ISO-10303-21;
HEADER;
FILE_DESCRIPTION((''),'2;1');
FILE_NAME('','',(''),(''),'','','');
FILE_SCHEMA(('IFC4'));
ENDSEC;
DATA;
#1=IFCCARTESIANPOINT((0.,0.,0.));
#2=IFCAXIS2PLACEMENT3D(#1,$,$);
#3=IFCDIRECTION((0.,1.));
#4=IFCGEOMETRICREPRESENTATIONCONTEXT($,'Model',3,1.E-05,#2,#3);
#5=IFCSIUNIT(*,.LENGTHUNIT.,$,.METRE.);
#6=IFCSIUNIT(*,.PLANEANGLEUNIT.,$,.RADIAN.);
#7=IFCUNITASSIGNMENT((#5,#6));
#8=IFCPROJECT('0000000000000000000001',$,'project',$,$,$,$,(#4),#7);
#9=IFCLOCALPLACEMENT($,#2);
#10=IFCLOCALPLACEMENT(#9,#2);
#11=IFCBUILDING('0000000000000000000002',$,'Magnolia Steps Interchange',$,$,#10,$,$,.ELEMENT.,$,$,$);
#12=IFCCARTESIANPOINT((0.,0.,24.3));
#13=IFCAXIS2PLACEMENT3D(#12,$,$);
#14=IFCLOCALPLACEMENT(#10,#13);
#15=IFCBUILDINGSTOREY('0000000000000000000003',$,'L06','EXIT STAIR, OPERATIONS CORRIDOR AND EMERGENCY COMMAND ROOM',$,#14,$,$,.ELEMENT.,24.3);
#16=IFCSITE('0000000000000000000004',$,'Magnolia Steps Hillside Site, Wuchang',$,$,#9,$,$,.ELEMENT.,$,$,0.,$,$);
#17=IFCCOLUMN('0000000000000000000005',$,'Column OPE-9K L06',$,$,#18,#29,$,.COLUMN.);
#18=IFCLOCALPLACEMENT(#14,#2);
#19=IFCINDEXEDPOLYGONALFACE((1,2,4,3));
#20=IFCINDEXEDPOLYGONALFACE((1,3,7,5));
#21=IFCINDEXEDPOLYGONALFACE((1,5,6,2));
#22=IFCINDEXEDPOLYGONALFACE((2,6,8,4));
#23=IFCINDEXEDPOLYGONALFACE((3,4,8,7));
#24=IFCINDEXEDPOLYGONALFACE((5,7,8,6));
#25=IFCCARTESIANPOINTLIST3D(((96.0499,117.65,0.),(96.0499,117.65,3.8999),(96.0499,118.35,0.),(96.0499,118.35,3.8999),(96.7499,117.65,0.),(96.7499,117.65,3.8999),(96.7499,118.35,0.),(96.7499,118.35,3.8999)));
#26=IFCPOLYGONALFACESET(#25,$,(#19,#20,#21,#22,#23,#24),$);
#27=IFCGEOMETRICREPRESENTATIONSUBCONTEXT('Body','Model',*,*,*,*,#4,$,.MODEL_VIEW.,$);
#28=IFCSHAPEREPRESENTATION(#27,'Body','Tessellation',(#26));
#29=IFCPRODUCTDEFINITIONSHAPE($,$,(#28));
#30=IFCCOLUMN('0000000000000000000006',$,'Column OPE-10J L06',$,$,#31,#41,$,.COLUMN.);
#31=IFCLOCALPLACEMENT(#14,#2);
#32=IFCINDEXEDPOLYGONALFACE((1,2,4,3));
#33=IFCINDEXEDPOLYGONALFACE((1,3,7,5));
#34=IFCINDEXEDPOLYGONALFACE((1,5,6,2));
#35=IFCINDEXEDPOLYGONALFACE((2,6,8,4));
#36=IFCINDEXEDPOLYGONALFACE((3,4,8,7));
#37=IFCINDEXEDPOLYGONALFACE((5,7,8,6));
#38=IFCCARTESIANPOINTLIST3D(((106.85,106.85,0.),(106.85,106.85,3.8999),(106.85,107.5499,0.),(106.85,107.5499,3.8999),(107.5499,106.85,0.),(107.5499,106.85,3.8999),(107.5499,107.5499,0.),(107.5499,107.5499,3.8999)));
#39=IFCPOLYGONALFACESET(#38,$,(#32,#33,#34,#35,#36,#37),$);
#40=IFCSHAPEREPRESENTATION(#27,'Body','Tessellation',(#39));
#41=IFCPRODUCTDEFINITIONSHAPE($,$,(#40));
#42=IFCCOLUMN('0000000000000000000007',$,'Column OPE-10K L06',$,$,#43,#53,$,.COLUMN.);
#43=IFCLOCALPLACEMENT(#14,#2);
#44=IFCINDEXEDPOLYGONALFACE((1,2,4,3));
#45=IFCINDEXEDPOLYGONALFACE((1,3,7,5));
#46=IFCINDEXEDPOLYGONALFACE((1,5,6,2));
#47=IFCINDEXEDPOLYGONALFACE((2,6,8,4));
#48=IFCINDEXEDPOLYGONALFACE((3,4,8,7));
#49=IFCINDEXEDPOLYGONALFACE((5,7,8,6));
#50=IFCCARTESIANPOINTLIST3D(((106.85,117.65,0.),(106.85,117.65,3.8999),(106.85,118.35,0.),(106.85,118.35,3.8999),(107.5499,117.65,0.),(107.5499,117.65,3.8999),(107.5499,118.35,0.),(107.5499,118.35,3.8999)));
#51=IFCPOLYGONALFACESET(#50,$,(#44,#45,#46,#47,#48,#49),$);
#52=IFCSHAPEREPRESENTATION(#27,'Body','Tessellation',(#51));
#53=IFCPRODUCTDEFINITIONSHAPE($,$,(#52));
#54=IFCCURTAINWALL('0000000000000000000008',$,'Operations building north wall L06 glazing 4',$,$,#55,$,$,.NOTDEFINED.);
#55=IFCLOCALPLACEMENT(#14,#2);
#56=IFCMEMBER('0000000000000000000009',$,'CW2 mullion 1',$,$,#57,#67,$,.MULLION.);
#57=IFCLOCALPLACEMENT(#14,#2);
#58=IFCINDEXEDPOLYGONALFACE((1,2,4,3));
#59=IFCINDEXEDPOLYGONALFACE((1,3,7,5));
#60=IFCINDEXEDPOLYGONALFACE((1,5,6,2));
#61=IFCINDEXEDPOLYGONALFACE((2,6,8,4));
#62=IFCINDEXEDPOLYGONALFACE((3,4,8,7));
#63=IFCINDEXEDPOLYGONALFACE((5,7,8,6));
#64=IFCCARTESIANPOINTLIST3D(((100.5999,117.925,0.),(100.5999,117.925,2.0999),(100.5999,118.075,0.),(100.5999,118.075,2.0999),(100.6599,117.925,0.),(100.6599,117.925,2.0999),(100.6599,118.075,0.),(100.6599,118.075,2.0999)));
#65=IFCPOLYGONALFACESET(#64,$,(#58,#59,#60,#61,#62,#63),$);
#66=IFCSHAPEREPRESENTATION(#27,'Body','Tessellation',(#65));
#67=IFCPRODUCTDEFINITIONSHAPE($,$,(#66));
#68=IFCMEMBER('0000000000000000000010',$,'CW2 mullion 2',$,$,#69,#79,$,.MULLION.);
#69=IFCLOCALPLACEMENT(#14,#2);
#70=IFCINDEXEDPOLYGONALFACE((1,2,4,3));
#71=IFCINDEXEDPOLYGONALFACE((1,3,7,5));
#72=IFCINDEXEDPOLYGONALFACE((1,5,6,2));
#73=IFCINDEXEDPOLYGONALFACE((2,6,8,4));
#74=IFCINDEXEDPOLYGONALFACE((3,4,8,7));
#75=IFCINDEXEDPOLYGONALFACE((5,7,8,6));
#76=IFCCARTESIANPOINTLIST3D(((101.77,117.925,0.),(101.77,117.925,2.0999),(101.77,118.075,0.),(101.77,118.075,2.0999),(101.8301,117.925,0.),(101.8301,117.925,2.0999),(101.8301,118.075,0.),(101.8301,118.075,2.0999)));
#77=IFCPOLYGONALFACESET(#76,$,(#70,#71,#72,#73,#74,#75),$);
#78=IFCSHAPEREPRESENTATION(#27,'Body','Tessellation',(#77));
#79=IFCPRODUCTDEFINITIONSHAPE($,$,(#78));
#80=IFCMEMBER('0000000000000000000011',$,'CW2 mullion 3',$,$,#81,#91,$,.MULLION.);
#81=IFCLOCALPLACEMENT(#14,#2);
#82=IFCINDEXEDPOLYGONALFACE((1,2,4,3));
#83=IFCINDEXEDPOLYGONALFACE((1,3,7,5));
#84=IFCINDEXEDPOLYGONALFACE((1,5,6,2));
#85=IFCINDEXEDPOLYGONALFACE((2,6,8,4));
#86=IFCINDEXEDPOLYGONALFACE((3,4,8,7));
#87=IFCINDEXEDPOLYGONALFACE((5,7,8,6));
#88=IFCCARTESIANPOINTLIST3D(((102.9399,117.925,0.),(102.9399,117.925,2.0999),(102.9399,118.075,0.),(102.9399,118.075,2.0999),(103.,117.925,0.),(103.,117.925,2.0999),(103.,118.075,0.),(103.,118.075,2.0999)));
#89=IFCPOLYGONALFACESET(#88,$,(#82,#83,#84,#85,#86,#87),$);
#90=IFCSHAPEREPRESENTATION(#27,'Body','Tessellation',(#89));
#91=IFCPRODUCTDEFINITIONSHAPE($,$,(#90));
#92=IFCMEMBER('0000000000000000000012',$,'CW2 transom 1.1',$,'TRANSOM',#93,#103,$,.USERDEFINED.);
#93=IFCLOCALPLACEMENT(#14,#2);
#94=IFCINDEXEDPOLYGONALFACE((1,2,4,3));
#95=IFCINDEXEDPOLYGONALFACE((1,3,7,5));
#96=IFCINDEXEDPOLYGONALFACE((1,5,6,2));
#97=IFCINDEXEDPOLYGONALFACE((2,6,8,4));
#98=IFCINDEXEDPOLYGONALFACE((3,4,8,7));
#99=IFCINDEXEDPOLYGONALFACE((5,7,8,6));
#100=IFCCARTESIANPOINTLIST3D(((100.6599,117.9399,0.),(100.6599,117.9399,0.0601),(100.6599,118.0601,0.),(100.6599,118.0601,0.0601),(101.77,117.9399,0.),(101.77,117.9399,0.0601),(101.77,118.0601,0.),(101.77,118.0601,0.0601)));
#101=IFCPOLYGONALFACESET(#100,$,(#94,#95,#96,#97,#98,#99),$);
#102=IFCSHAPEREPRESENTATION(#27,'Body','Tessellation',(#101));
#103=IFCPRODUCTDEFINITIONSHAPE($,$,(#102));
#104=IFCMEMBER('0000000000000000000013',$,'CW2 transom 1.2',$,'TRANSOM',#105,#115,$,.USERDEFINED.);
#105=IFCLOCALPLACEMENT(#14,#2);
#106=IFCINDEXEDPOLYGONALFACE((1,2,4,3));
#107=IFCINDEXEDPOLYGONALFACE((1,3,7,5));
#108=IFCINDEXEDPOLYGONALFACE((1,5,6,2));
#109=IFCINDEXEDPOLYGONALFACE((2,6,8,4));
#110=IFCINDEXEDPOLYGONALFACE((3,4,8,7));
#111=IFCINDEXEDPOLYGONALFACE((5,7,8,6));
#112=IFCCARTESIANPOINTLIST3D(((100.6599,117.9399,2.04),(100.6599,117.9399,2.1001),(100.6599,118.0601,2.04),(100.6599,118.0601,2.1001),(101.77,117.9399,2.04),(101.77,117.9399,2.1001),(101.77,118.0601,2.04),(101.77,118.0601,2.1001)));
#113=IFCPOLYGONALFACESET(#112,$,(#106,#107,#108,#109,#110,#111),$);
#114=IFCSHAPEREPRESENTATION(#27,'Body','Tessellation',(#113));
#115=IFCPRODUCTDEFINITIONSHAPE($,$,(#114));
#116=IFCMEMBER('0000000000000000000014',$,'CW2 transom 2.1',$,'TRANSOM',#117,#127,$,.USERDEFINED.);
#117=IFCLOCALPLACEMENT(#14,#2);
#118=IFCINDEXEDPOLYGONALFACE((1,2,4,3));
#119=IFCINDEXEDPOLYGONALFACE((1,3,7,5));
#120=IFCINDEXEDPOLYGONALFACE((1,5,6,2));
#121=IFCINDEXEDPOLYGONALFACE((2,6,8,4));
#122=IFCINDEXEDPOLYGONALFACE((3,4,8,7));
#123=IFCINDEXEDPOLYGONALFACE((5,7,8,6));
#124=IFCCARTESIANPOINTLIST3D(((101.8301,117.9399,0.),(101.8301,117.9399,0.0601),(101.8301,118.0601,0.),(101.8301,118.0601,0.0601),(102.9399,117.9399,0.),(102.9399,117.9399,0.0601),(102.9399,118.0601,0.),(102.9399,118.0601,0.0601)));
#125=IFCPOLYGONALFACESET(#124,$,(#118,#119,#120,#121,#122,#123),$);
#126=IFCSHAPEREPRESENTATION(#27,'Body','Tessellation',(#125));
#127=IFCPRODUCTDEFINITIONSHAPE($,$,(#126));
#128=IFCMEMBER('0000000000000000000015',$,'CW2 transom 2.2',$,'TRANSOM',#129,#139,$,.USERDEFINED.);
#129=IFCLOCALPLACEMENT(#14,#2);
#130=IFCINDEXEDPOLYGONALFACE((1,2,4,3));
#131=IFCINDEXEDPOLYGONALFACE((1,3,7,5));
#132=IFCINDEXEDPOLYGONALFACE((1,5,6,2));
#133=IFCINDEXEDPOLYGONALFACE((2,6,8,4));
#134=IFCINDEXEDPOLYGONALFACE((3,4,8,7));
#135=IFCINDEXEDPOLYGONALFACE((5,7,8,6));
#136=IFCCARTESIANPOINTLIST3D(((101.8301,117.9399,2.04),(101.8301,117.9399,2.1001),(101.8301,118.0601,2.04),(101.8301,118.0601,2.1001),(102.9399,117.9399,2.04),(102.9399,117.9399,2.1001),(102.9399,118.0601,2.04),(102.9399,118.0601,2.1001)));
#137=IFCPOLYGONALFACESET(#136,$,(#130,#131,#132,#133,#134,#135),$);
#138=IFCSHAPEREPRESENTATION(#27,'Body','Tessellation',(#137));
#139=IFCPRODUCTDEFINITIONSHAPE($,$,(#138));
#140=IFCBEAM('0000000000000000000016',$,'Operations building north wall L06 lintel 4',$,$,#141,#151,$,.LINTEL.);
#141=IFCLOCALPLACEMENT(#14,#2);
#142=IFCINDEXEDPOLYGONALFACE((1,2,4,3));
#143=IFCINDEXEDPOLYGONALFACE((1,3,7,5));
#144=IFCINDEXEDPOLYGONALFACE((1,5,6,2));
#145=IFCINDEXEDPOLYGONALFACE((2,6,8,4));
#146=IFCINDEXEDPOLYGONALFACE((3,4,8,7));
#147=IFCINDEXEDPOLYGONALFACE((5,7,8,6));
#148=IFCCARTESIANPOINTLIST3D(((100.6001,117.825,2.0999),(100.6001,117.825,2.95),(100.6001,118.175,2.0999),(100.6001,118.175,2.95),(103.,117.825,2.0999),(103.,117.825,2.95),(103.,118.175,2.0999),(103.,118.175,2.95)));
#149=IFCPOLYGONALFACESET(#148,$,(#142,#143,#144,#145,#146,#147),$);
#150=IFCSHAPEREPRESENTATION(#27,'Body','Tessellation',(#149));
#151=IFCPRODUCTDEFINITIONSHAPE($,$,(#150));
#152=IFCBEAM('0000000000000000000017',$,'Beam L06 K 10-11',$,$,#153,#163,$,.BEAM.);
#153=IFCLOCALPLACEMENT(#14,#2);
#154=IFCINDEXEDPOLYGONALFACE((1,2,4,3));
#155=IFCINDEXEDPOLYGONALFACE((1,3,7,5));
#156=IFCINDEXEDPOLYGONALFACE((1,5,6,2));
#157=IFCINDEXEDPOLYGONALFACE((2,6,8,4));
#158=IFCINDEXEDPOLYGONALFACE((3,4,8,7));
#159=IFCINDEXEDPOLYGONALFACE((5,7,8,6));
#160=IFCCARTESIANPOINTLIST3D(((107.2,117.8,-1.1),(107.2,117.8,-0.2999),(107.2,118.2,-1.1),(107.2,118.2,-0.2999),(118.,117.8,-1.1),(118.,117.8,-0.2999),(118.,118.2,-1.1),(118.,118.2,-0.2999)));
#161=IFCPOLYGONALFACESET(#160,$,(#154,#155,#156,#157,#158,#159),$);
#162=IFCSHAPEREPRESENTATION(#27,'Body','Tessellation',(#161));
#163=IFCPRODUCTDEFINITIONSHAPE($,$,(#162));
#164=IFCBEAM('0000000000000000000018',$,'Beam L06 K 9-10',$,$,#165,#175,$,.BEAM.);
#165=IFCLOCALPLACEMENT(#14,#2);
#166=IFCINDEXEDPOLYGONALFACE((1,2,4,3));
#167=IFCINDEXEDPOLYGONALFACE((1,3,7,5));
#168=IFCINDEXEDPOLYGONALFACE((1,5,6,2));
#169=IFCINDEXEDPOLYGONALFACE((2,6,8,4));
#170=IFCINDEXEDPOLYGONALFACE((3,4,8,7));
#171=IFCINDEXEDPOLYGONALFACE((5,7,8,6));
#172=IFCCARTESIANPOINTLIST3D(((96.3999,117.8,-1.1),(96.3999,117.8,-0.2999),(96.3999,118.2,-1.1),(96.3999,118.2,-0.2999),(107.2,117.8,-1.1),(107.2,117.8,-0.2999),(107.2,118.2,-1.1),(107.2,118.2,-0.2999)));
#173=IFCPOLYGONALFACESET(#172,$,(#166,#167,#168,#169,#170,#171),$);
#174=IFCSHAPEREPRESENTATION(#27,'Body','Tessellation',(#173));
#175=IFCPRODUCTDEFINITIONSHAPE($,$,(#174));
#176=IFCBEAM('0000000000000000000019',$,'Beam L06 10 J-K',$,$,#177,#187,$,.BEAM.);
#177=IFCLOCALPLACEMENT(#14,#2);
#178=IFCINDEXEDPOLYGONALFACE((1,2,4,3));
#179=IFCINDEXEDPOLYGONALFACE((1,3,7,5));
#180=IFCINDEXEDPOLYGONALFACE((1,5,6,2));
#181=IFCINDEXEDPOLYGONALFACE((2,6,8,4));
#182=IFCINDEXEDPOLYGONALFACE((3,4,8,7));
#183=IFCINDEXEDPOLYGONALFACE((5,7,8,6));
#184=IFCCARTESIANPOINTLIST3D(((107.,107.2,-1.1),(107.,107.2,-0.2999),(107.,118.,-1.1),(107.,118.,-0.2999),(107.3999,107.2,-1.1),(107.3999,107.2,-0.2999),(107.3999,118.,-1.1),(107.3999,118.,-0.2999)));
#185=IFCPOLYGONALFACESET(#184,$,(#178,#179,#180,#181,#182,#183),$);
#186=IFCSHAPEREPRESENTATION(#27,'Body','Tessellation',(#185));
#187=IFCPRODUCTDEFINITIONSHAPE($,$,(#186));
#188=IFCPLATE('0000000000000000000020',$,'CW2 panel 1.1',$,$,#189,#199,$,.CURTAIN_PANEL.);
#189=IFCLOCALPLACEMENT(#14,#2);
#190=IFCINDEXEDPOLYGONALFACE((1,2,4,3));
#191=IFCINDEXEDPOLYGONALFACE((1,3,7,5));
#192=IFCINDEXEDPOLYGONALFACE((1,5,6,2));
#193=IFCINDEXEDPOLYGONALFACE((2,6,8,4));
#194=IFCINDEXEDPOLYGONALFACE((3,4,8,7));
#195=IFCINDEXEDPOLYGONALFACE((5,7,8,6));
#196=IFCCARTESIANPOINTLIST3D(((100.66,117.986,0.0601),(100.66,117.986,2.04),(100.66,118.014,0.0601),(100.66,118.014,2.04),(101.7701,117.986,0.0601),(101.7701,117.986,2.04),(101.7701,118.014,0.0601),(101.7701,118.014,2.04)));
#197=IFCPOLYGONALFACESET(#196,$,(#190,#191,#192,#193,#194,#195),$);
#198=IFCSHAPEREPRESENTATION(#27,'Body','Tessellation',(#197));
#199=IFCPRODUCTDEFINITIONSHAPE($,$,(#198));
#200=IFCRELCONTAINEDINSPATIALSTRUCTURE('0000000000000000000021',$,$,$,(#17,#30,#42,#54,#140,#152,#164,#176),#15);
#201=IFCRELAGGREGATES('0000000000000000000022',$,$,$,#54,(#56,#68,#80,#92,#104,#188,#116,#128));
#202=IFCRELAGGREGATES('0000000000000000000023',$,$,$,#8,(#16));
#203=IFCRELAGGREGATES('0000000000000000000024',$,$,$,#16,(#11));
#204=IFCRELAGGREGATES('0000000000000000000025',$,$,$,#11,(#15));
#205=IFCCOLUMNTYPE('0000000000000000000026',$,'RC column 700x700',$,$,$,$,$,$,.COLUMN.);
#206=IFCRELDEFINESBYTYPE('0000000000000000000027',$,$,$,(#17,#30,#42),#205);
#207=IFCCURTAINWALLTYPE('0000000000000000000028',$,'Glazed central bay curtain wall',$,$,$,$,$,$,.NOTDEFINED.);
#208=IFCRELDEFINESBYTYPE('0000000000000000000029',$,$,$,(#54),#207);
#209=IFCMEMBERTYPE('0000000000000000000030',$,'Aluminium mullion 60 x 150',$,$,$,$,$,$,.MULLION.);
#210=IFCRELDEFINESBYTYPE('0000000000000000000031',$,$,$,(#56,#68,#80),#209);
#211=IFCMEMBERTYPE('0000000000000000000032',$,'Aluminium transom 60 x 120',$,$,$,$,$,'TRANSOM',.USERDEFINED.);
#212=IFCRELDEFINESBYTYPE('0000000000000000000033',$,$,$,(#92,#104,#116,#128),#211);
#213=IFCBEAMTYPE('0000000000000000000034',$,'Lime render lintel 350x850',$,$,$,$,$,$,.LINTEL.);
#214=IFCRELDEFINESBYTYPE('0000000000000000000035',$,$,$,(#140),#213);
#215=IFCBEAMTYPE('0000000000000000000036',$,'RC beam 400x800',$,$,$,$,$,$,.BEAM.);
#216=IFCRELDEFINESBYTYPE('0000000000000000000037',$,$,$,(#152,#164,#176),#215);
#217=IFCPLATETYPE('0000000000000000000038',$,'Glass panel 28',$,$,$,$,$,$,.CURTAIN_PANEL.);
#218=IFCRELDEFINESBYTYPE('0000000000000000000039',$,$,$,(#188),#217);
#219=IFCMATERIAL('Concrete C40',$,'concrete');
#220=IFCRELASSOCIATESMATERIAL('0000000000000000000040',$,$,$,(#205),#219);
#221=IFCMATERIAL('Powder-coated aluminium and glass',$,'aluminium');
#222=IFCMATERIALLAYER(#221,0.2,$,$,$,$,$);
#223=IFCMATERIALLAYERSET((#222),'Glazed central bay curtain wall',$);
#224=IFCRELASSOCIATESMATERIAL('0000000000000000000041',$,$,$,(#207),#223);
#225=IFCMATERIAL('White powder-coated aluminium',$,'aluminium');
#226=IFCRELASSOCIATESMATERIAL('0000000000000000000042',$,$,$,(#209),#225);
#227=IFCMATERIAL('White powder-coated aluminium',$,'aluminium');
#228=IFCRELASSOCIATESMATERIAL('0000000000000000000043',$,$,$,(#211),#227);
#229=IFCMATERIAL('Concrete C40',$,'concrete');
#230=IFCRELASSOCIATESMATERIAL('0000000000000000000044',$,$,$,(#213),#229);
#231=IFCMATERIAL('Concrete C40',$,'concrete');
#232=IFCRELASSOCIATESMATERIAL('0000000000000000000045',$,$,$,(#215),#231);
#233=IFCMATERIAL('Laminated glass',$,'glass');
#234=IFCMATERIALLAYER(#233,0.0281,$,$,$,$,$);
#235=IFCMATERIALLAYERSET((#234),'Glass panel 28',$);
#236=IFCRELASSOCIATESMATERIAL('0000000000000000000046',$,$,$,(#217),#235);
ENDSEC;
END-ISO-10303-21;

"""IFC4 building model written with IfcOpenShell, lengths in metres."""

from ifc_helpers import new_model, si_unit, direction, frame, origin, origin_2d, place, context, subcontext, project, spatial, rectangle, extrude, material, layer, layer_set, material_profile, profile_set, type_object, element, aggregate, save


model = new_model("IFC4")

# Units and contexts
model_context = context("Model", 3, precision=1e-05, world=origin(), true_north=direction((0.0, 1.0)))
body_context = subcontext(model_context, "Body", "Model", "MODEL_VIEW")
ifc_project = project(units=[si_unit("LENGTHUNIT", "METRE"), si_unit("PLANEANGLEUNIT", "RADIAN")], contexts=[model_context])

# Site, building, storey
site_placement = place(None, origin())
site = spatial("IfcSite", under=ifc_project, at=site_placement, Name="Magnolia Steps Hillside Site, Wuchang", CompositionType="ELEMENT", RefElevation=0.0)
building_placement = place(site_placement, origin())
building = spatial("IfcBuilding", under=site, at=building_placement, Name="Magnolia Steps Interchange", CompositionType="ELEMENT")
storey_placement = place(building_placement, frame((0.0, 0.0, 24.3)))
storey = spatial("IfcBuildingStorey", under=building, at=storey_placement, Name="L06", Description="EXIT STAIR, OPERATIONS CORRIDOR AND EMERGENCY COMMAND ROOM", CompositionType="ELEMENT", Elevation=24.3)

# Columns
ifc_material_1 = material(Name="Concrete C40", Category="concrete")
ifc_material_profile_1 = material_profile(ifc_material_1, rectangle(XDim=0.7, YDim=0.7, at=origin_2d()), Name="RC700x700")
ifc_profile_set_1 = profile_set([ifc_material_profile_1], Name="Concrete C40")
column_type = type_object("IfcColumnType", Name="RC column 700x700", PredefinedType="COLUMN", material=ifc_profile_set_1)
for number, where, z_axis, x_axis, name in (
    (1, (96.3999, 118.0, 0.0), (0.0, 0.0, 1.0), (1.0, 0.0, 0.0), "Column OPE-9K L06"),
    (2, (107.2, 107.2, 0.0), (0.0, 0.0, 1.0), (1.0, 0.0, 0.0), "Column OPE-10J L06"),
    (3, (107.2, 118.0, 0.0), (0.0, 0.0, 1.0), (1.0, 0.0, 0.0), "Column OPE-10K L06"),
):
    element("IfcColumn", number, at=place(storey_placement, frame(where, z_axis=z_axis, x_axis=x_axis)), inside=storey, type_object=column_type, Name=name, PredefinedType="COLUMN", context=body_context, shape_type="SweptSolid", body=[
        extrude(rectangle(XDim=0.7, YDim=0.7, at=origin_2d()), origin(), (0.0, 0.0, 1.0), 3.8999),
    ])

# Curtain wall, members
ifc_material_2 = material(Name="Powder-coated aluminium and glass", Category="aluminium")
ifc_layer_1 = layer(ifc_material_2, 0.2)
ifc_layer_set_1 = layer_set([ifc_layer_1], Name="Glazed central bay curtain wall")
curtain_wall_type = type_object("IfcCurtainWallType", Name="Glazed central bay curtain wall", PredefinedType="NOTDEFINED", material=ifc_layer_set_1)
curtain_wall_placement = place(storey_placement, origin())
curtain_wall = element("IfcCurtainWall", 4, at=curtain_wall_placement, inside=storey, type_object=curtain_wall_type, Name="Operations building north wall L06 glazing 4", PredefinedType="NOTDEFINED")
ifc_material_3 = material(Name="White powder-coated aluminium", Category="aluminium")
ifc_material_profile_2 = material_profile(ifc_material_3, rectangle(XDim=0.0601, YDim=0.1499, at=origin_2d()), Name="Aluminium mullion 60 x 150")
ifc_profile_set_2 = profile_set([ifc_material_profile_2], Name="White powder-coated aluminium")
member_type_1 = type_object("IfcMemberType", Name="Aluminium mullion 60 x 150", PredefinedType="MULLION", material=ifc_profile_set_2)
member_1_placement = place(storey_placement, frame((100.6299, 118.0, 0.0), z_axis=(0.0, 0.0, 1.0), x_axis=(1.0, 0.0, 0.0)))
member_1 = element("IfcMember", 5, at=member_1_placement, type_object=member_type_1, Name="CW2 mullion 1", PredefinedType="MULLION", context=body_context, shape_type="SweptSolid", body=[
    extrude(rectangle(XDim=0.0601, YDim=0.1499, at=origin_2d()), origin(), (0.0, 0.0, 1.0), 2.0999),
])
member_2_placement = place(storey_placement, frame((101.8, 118.0, 0.0), z_axis=(0.0, 0.0, 1.0), x_axis=(1.0, 0.0, 0.0)))
member_2 = element("IfcMember", 6, at=member_2_placement, type_object=member_type_1, Name="CW2 mullion 2", PredefinedType="MULLION", context=body_context, shape_type="SweptSolid", body=[
    extrude(rectangle(XDim=0.0601, YDim=0.1499, at=origin_2d()), origin(), (0.0, 0.0, 1.0), 2.0999),
])
member_3_placement = place(storey_placement, frame((102.97, 118.0, 0.0), z_axis=(0.0, 0.0, 1.0), x_axis=(1.0, 0.0, 0.0)))
member_3 = element("IfcMember", 7, at=member_3_placement, type_object=member_type_1, Name="CW2 mullion 3", PredefinedType="MULLION", context=body_context, shape_type="SweptSolid", body=[
    extrude(rectangle(XDim=0.0601, YDim=0.1499, at=origin_2d()), origin(), (0.0, 0.0, 1.0), 2.0999),
])
ifc_material_4 = material(Name="White powder-coated aluminium", Category="aluminium")
ifc_material_profile_3 = material_profile(ifc_material_4, rectangle(XDim=0.0601, YDim=0.1201, at=origin_2d()), Name="Aluminium transom 60 x 120")
ifc_profile_set_3 = profile_set([ifc_material_profile_3], Name="White powder-coated aluminium")
member_type_2 = type_object("IfcMemberType", Name="Aluminium transom 60 x 120", ElementType="TRANSOM", PredefinedType="USERDEFINED", material=ifc_profile_set_3)
member_4_placement = place(storey_placement, frame((100.6599, 118.0, 0.03), z_axis=(1.0, 0.0, 0.0), x_axis=(0.0, 0.0, 1.0)))
member_4 = element("IfcMember", 8, at=member_4_placement, type_object=member_type_2, Name="CW2 transom 1.1", ObjectType="TRANSOM", PredefinedType="USERDEFINED", context=body_context, shape_type="SweptSolid", body=[
    extrude(rectangle(XDim=0.0601, YDim=0.1201, at=origin_2d()), origin(), (0.0, 0.0, 1.0), 1.1101),
])
member_5_placement = place(storey_placement, frame((100.6599, 118.0, 2.0701), z_axis=(1.0, 0.0, 0.0), x_axis=(0.0, 0.0, 1.0)))
member_5 = element("IfcMember", 9, at=member_5_placement, type_object=member_type_2, Name="CW2 transom 1.2", ObjectType="TRANSOM", PredefinedType="USERDEFINED", context=body_context, shape_type="SweptSolid", body=[
    extrude(rectangle(XDim=0.0601, YDim=0.1201, at=origin_2d()), origin(), (0.0, 0.0, 1.0), 1.1101),
])
member_6_placement = place(storey_placement, frame((101.8301, 118.0, 0.03), z_axis=(1.0, 0.0, 0.0), x_axis=(0.0, 0.0, 1.0)))
member_6 = element("IfcMember", 10, at=member_6_placement, type_object=member_type_2, Name="CW2 transom 2.1", ObjectType="TRANSOM", PredefinedType="USERDEFINED", context=body_context, shape_type="SweptSolid", body=[
    extrude(rectangle(XDim=0.0601, YDim=0.1201, at=origin_2d()), origin(), (0.0, 0.0, 1.0), 1.1099),
])
member_7_placement = place(storey_placement, frame((101.8301, 118.0, 2.0701), z_axis=(1.0, 0.0, 0.0), x_axis=(0.0, 0.0, 1.0)))
member_7 = element("IfcMember", 11, at=member_7_placement, type_object=member_type_2, Name="CW2 transom 2.2", ObjectType="TRANSOM", PredefinedType="USERDEFINED", context=body_context, shape_type="SweptSolid", body=[
    extrude(rectangle(XDim=0.0601, YDim=0.1201, at=origin_2d()), origin(), (0.0, 0.0, 1.0), 1.1099),
])

# Beams
ifc_material_5 = material(Name="Concrete C40", Category="concrete")
ifc_material_profile_4 = material_profile(ifc_material_5, rectangle(XDim=0.3501, YDim=0.8501, at=origin_2d()), Name="RC350x850")
ifc_profile_set_4 = profile_set([ifc_material_profile_4], Name="Concrete C40")
beam_type_1 = type_object("IfcBeamType", Name="Lime render lintel 350x850", PredefinedType="LINTEL", material=ifc_profile_set_4)
beam_placement = place(storey_placement, frame((100.6001, 118.0, 2.5249), z_axis=(1.0, 0.0, 0.0), x_axis=(0.0, 1.0, 0.0)))
element("IfcBeam", 12, at=beam_placement, inside=storey, type_object=beam_type_1, Name="Operations building north wall L06 lintel 4", PredefinedType="LINTEL", context=body_context, shape_type="SweptSolid", body=[
    extrude(rectangle(XDim=0.3501, YDim=0.8501, at=origin_2d()), origin(), (0.0, 0.0, 1.0), 2.3999),
])
ifc_material_6 = material(Name="Concrete C40", Category="concrete")
ifc_material_profile_5 = material_profile(ifc_material_6, rectangle(XDim=0.3999, YDim=0.8, at=origin_2d()), Name="RC400x800")
ifc_profile_set_5 = profile_set([ifc_material_profile_5], Name="Concrete C40")
beam_type_2 = type_object("IfcBeamType", Name="RC beam 400x800", PredefinedType="BEAM", material=ifc_profile_set_5)
for number, where, z_axis, x_axis, name in (
    (13, (107.2, 118.0, -0.7), (1.0, 0.0, 0.0), (0.0, 1.0, 0.0), "Beam L06 K 10-11"),
    (14, (96.3999, 118.0, -0.7), (1.0, 0.0, 0.0), (0.0, 1.0, 0.0), "Beam L06 K 9-10"),
    (15, (107.2, 107.2, -0.7), (0.0, 1.0, 0.0), (-1.0, 0.0, 0.0), "Beam L06 10 J-K"),
):
    element("IfcBeam", number, at=place(storey_placement, frame(where, z_axis=z_axis, x_axis=x_axis)), inside=storey, type_object=beam_type_2, Name=name, PredefinedType="BEAM", context=body_context, shape_type="SweptSolid", body=[
        extrude(rectangle(XDim=0.3999, YDim=0.8, at=origin_2d()), origin(), (0.0, 0.0, 1.0), 10.8),
    ])

# Plate
ifc_material_7 = material(Name="Laminated glass", Category="glass")
ifc_layer_2 = layer(ifc_material_7, 0.0281)
ifc_layer_set_2 = layer_set([ifc_layer_2], Name="Glass panel 28")
plate_type = type_object("IfcPlateType", Name="Glass panel 28", PredefinedType="CURTAIN_PANEL", material=ifc_layer_set_2)
plate_1_placement = place(storey_placement, frame((101.2151, 118.0, 0.0601), z_axis=(0.0, 0.0, 1.0), x_axis=(1.0, 0.0, 0.0)))
plate_1 = element("IfcPlate", 16, at=plate_1_placement, type_object=plate_type, Name="CW2 panel 1.1", PredefinedType="CURTAIN_PANEL", context=body_context, shape_type="SweptSolid", body=[
    extrude(rectangle(XDim=1.1101, YDim=0.0281, at=origin_2d()), origin(), (0.0, 0.0, 1.0), 1.98),
])
aggregate(curtain_wall, [member_1, member_2, member_3, member_4, member_5, plate_1, member_6, member_7])

save(model, "model.ifc")
